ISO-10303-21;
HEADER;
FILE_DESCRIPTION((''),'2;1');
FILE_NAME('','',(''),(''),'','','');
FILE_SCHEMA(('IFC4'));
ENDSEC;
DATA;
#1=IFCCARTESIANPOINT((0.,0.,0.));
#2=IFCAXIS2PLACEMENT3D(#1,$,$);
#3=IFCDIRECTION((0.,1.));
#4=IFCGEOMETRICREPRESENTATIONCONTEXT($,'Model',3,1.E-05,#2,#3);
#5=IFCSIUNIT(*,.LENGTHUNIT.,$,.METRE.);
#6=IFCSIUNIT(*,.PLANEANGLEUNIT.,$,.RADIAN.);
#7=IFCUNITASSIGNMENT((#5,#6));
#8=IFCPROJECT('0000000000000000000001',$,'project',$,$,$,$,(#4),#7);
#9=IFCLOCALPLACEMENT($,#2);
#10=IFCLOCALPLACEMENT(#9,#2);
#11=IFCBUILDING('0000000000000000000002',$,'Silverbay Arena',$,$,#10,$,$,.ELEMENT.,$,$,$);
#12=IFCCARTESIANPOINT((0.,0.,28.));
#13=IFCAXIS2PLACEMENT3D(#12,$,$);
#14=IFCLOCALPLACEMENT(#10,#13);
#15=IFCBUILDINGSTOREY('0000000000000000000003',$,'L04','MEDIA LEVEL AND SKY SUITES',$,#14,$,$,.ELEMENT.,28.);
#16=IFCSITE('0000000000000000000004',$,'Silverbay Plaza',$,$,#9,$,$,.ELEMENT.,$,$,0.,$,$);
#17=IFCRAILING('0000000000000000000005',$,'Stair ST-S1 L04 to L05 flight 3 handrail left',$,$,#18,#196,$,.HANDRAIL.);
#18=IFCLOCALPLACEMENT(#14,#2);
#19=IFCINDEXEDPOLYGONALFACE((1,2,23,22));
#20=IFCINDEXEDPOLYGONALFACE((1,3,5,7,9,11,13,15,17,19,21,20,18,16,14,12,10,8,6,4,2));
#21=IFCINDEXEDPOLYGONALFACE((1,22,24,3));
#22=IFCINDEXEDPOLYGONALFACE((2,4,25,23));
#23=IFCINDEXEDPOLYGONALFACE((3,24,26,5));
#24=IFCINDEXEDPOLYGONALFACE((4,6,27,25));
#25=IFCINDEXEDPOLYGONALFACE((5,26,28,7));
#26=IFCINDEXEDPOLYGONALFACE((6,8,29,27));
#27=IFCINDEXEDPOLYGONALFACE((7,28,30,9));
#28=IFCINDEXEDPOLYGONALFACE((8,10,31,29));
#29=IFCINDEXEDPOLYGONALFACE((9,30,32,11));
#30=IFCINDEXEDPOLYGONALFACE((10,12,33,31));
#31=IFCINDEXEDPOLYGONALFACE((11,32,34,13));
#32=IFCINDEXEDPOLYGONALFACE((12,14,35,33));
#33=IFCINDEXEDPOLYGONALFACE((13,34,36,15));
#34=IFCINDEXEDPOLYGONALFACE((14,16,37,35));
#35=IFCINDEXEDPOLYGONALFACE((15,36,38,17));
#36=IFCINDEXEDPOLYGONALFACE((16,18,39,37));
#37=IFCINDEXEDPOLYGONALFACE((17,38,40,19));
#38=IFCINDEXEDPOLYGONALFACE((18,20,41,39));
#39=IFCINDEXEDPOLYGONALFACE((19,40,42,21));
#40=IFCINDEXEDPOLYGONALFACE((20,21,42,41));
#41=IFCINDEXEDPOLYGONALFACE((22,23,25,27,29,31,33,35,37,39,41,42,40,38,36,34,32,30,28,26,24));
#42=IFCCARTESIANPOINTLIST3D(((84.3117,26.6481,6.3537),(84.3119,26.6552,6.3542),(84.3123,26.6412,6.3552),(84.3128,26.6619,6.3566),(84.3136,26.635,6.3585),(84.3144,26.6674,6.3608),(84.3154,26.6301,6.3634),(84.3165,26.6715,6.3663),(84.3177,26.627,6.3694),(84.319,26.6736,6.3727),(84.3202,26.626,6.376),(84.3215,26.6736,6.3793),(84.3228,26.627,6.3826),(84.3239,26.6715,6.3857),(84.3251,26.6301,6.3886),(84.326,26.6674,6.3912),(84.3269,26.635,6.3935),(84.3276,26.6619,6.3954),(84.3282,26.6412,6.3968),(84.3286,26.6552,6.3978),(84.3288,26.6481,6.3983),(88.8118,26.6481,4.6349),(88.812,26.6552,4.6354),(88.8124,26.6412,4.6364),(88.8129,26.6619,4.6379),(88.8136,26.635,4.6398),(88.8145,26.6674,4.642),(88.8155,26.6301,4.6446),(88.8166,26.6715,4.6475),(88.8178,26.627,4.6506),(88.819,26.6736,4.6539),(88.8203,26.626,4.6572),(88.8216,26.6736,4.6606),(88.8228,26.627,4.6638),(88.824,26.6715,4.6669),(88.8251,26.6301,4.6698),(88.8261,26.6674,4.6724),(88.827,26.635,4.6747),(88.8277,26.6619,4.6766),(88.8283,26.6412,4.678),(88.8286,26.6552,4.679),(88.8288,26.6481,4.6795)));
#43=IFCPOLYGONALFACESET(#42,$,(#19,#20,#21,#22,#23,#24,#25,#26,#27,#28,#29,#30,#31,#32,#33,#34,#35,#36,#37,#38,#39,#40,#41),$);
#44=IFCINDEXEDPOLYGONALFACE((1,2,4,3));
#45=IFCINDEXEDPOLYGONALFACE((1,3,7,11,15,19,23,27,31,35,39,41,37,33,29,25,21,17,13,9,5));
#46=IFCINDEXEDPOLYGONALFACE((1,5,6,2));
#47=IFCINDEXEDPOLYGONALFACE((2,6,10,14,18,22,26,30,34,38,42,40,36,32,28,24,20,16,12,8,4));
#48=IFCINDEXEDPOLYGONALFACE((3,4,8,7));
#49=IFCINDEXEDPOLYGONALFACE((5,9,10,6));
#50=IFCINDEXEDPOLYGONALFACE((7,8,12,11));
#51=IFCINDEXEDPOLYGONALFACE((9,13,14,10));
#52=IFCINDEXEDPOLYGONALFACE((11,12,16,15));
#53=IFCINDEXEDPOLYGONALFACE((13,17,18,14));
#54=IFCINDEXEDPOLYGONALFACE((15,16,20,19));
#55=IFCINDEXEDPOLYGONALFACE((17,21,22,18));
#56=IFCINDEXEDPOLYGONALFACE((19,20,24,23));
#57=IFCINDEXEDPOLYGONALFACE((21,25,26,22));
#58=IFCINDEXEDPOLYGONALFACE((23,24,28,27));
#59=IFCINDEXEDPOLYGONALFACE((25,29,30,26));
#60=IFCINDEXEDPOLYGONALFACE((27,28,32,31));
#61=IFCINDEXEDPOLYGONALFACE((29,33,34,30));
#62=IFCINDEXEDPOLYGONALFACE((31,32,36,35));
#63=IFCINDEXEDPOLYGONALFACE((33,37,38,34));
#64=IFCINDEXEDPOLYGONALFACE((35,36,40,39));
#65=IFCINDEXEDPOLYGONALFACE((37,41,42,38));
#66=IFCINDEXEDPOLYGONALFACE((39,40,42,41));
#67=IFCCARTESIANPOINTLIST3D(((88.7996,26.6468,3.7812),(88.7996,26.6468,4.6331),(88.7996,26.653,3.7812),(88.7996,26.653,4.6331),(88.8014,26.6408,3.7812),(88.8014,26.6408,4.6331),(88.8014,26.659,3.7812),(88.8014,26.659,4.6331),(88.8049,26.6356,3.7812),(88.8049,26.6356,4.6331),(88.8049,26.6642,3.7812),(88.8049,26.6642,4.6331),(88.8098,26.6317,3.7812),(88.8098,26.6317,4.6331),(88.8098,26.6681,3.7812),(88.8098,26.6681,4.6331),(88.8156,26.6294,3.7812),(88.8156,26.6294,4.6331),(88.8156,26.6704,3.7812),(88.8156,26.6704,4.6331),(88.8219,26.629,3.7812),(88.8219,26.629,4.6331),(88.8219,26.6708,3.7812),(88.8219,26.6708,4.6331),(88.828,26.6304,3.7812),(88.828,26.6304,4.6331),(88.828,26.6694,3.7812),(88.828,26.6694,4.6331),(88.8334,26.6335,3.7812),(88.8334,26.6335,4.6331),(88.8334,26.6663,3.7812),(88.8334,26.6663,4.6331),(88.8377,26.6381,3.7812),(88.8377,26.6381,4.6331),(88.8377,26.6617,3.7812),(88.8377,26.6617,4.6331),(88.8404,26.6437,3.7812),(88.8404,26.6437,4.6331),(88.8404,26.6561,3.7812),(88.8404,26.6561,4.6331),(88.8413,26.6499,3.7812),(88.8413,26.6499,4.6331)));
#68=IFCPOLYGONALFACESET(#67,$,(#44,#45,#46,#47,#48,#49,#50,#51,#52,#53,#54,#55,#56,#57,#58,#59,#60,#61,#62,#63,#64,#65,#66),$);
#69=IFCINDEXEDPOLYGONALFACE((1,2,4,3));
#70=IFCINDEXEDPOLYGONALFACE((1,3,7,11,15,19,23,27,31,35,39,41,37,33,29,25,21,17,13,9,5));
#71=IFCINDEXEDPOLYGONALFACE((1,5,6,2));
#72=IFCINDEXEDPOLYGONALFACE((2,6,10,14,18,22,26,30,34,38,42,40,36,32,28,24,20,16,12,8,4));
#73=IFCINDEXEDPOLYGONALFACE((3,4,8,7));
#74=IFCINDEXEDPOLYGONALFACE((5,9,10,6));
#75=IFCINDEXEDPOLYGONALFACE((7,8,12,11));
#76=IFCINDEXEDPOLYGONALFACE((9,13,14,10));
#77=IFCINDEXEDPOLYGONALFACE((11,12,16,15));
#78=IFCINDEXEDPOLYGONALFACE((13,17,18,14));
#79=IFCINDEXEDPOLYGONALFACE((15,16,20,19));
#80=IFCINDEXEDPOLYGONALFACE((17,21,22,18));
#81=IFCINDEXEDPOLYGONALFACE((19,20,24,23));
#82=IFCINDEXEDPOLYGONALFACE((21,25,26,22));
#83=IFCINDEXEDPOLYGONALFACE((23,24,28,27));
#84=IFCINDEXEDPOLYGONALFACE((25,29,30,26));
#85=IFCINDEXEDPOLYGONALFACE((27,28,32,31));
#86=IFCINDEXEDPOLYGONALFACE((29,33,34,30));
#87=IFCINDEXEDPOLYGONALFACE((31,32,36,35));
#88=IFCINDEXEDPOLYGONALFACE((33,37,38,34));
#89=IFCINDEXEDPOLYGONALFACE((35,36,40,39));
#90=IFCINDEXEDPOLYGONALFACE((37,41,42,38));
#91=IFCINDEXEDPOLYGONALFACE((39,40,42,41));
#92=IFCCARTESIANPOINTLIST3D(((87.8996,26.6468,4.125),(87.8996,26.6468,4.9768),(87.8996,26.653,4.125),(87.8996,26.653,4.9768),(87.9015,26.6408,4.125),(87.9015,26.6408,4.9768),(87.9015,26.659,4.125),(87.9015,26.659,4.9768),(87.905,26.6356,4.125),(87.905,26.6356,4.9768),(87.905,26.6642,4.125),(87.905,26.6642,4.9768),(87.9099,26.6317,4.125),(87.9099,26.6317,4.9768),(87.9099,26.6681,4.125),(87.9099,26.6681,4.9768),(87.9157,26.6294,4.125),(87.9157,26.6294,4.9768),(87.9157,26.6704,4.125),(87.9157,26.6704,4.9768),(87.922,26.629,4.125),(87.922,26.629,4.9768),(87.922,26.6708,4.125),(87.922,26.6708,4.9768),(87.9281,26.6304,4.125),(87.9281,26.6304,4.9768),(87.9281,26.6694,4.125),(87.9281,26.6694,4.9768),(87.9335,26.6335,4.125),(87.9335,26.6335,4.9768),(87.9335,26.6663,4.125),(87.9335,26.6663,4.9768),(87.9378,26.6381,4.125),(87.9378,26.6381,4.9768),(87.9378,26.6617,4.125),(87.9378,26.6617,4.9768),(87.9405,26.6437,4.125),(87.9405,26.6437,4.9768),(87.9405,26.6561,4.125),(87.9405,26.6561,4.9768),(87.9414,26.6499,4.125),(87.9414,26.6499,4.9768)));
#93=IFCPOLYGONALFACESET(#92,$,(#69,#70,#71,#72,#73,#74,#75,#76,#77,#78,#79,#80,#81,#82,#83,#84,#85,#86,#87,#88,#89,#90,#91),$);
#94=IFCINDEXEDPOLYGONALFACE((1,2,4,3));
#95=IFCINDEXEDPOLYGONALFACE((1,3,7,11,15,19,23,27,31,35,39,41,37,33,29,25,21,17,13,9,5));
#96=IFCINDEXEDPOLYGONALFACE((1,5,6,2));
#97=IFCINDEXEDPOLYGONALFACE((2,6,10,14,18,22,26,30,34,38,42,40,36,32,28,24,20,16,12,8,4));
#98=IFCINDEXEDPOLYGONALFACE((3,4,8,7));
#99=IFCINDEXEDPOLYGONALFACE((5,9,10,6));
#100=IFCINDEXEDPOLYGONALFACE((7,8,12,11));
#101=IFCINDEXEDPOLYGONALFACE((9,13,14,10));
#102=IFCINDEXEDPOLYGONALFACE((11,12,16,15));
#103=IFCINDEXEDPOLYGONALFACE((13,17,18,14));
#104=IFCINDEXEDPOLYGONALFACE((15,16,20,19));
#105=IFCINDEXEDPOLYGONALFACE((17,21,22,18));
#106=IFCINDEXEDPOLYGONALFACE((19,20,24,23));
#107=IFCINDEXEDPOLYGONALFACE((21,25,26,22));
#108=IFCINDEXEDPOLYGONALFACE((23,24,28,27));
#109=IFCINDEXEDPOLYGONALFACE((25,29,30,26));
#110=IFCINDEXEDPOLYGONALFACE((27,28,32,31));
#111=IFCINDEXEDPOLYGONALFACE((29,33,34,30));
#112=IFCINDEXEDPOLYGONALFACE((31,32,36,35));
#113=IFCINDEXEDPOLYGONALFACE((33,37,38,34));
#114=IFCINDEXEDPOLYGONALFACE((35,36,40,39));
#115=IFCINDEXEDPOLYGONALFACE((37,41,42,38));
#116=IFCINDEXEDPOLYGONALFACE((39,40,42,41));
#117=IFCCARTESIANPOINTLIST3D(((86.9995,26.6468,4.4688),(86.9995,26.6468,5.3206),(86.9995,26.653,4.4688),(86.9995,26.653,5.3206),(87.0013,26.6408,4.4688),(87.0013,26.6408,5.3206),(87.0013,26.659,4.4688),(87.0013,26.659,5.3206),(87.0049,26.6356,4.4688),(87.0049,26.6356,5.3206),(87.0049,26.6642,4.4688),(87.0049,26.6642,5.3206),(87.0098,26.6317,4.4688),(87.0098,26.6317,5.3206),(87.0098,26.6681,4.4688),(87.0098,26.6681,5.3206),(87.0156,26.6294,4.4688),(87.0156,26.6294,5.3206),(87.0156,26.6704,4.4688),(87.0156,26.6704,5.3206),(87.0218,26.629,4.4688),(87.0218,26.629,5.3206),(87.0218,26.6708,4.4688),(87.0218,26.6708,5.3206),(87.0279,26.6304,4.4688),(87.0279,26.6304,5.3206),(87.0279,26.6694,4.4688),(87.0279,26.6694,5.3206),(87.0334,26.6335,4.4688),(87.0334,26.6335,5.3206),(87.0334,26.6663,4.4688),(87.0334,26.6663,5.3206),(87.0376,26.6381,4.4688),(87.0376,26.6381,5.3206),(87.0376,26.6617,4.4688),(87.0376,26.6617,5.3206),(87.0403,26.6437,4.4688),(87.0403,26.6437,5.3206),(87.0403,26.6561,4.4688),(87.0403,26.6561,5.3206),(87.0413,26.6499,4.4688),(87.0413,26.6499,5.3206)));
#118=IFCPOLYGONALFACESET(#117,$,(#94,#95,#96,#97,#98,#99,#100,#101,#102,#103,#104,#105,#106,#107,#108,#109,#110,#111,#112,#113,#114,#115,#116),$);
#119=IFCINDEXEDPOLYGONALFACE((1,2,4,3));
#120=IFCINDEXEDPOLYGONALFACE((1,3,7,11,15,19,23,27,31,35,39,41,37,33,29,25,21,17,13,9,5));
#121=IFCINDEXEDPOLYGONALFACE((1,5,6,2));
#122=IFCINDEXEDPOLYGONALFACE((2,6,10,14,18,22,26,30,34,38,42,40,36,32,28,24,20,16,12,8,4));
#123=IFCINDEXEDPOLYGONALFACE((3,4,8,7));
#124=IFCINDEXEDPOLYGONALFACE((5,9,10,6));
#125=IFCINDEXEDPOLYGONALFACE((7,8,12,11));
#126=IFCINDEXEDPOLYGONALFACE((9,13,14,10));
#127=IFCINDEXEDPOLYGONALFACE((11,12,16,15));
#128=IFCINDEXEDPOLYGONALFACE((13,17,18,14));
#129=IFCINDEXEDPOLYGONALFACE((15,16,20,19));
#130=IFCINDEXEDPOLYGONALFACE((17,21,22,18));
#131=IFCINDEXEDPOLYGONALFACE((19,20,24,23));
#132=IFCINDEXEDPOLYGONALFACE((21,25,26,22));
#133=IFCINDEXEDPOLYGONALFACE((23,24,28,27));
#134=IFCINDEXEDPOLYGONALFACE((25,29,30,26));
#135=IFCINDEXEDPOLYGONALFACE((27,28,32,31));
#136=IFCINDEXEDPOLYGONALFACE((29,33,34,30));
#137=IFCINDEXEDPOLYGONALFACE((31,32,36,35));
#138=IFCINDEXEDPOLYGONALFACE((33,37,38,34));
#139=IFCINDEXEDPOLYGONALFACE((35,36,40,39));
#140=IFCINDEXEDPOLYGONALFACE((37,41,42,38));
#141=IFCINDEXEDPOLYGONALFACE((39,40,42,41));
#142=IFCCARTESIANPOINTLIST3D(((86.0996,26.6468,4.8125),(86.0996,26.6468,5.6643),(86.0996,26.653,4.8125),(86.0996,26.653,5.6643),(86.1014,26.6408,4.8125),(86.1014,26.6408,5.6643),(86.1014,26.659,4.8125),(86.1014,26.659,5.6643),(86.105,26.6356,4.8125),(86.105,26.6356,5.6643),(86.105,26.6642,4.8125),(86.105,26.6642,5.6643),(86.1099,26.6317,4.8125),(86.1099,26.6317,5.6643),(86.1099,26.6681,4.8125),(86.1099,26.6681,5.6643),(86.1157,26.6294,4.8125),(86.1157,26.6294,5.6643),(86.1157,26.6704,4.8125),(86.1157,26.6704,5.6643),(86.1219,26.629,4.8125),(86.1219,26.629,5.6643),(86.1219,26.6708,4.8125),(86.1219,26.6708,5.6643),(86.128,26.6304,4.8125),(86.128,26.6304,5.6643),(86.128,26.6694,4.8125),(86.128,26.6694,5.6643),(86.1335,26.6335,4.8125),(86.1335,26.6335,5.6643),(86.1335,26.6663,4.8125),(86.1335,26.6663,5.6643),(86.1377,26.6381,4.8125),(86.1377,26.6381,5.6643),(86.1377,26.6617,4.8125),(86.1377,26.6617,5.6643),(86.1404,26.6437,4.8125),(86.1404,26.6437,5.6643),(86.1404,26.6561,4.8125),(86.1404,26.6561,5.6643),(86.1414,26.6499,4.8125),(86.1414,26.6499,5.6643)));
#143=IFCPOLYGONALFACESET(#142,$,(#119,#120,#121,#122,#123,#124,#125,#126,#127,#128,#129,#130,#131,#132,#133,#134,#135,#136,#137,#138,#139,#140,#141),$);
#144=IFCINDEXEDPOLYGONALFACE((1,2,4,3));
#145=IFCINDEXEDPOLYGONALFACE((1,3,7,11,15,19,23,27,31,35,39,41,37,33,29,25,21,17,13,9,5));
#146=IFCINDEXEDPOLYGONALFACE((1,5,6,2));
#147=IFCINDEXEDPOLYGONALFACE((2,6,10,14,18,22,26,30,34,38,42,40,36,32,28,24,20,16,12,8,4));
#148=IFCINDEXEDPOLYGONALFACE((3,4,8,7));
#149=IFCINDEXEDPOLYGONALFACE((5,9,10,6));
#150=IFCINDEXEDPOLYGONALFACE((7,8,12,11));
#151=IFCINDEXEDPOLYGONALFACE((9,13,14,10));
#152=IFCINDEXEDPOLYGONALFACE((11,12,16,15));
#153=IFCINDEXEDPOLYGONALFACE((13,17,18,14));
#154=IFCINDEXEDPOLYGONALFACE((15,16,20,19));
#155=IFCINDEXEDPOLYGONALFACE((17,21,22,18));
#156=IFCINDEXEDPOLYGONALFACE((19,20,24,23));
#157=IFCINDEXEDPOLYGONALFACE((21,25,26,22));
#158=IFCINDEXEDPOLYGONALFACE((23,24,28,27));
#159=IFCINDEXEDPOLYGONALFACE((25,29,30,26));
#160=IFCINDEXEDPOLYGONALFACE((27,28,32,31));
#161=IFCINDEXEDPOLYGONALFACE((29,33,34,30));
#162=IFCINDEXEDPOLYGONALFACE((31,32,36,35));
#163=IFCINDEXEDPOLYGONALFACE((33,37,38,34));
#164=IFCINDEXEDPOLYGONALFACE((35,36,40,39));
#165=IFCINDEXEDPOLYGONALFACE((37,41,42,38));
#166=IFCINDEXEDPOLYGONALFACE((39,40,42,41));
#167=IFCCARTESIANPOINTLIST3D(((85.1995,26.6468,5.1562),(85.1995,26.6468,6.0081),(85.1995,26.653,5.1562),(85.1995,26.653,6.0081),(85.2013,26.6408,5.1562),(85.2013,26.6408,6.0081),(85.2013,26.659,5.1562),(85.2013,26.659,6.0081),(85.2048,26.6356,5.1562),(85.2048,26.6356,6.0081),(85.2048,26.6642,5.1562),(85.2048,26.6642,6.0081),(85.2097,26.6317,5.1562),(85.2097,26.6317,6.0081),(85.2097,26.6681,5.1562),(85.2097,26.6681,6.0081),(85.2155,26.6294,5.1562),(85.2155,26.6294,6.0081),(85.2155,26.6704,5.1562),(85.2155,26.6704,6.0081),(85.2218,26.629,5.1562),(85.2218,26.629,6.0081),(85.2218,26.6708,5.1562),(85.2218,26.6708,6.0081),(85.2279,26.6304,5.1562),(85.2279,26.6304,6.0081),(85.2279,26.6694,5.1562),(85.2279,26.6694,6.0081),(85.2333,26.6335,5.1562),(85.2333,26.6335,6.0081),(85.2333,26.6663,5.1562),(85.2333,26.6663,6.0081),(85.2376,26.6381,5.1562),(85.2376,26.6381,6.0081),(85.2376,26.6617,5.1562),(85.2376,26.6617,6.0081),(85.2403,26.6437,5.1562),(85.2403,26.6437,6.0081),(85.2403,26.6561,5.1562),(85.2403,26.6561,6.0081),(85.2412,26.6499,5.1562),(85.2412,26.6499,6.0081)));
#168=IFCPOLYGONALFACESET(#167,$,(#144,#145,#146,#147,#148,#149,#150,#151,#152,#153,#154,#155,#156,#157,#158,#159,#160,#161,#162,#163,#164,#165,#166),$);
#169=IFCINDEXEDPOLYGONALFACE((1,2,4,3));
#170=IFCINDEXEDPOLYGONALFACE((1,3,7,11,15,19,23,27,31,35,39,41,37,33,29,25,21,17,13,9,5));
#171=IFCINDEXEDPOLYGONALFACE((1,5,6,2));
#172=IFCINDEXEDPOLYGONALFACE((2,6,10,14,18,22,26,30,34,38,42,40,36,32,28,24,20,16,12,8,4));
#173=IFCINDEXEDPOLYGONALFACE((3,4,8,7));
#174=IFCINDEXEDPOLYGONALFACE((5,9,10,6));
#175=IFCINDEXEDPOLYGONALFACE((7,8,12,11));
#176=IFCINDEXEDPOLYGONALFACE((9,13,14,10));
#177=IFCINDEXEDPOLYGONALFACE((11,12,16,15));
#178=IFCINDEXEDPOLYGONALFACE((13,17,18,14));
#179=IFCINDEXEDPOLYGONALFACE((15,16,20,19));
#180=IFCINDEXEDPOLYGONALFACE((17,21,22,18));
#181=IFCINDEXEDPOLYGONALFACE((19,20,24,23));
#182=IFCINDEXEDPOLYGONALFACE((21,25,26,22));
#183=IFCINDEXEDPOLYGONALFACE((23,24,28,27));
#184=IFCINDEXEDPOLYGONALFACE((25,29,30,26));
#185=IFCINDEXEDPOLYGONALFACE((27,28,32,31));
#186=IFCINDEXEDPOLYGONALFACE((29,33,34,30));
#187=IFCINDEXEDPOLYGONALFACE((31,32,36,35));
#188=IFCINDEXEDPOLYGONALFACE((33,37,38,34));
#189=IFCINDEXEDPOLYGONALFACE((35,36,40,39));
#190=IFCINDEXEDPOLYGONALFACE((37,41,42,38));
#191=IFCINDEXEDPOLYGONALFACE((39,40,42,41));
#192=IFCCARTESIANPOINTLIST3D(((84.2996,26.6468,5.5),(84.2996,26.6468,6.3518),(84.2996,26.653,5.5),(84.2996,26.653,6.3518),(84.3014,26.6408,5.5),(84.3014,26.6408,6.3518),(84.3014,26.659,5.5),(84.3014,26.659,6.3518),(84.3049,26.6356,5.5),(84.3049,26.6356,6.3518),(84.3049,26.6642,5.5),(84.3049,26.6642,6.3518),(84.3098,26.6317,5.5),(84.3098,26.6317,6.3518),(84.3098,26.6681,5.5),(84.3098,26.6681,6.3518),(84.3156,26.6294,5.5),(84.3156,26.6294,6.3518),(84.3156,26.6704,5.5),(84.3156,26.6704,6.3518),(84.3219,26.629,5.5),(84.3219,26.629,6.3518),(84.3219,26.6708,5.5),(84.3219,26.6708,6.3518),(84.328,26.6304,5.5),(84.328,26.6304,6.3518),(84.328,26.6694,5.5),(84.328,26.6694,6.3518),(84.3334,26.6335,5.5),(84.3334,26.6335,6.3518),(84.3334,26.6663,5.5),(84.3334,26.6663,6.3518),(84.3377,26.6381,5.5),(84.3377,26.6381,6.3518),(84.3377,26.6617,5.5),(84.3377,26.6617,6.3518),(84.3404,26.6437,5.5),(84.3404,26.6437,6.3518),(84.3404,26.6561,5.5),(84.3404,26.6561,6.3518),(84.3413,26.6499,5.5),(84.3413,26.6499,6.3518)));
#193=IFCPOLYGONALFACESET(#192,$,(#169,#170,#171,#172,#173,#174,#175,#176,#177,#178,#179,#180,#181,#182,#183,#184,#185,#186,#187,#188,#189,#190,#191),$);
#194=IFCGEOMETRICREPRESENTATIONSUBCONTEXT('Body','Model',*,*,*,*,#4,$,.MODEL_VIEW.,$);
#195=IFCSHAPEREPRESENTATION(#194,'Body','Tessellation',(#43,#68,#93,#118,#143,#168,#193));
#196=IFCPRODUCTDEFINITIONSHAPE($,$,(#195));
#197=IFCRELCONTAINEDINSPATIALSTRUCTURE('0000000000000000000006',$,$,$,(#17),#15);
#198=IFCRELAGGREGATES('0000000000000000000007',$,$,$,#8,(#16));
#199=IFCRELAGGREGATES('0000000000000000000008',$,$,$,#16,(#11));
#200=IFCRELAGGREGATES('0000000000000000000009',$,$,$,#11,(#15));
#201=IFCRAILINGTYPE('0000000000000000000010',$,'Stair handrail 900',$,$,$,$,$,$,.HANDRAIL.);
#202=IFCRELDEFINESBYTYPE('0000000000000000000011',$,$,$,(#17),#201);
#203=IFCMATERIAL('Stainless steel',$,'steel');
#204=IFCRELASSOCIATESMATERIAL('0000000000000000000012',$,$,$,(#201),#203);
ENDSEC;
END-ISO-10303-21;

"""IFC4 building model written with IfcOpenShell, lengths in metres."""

from ifc_helpers import new_model, si_unit, direction, frame, origin, origin_2d, place, context, subcontext, project, spatial, circle, extrude, material, type_object, element, save


model = new_model("IFC4")

# Units and contexts
model_context = context("Model", 3, precision=1e-05, world=origin(), true_north=direction((0.0, 1.0)))
body_context = subcontext(model_context, "Body", "Model", "MODEL_VIEW")
ifc_project = project(units=[si_unit("LENGTHUNIT", "METRE"), si_unit("PLANEANGLEUNIT", "RADIAN")], contexts=[model_context])

# Site, building, storey
site_placement = place(None, origin())
site = spatial("IfcSite", under=ifc_project, at=site_placement, Name="Silverbay Plaza", CompositionType="ELEMENT", RefElevation=0.0)
building_placement = place(site_placement, origin())
building = spatial("IfcBuilding", under=site, at=building_placement, Name="Silverbay Arena", CompositionType="ELEMENT")
storey_placement = place(building_placement, frame((0.0, 0.0, 28.0)))
storey = spatial("IfcBuildingStorey", under=building, at=storey_placement, Name="L04", Description="MEDIA LEVEL AND SKY SUITES", CompositionType="ELEMENT", Elevation=28.0)

# Railing
ifc_material_1 = material(Name="Stainless steel", Category="steel")
railing_type_1 = type_object("IfcRailingType", Name="Stair handrail 900", PredefinedType="HANDRAIL", material=ifc_material_1)
for number, where, name in (
    (1, (88.8203, 26.6499, 3.7812), "Stair ST-S1 L04 to L05 flight 3 handrail left"),
):
    element("IfcRailing", number, at=place(storey_placement, frame(where)), inside=storey, type_object=railing_type_1, Name=name, PredefinedType="HANDRAIL", context=body_context, shape_type="SweptSolid", body=[
        extrude(circle(Radius=0.0239, at=origin_2d()), frame((0.0, 0.0, 0.876), z_axis=(-0.934179, 0.0, 0.356805), x_axis=(0.0, -1.0, 0.0)), (0.0, 0.0, 1.0), 4.8171),
        extrude(circle(Radius=0.021, at=origin_2d()), origin(), (0.0, 0.0, 1.0), 0.8518),
        extrude(circle(Radius=0.021, at=origin_2d()), frame((-0.8999, 0.0, 0.3438)), (0.0, 0.0, 1.0), 0.8518),
        extrude(circle(Radius=0.021, at=origin_2d()), frame((-1.8, 0.0, 0.6875)), (0.0, 0.0, 1.0), 0.8518),
        extrude(circle(Radius=0.021, at=origin_2d()), frame((-2.7, 0.0, 1.0312)), (0.0, 0.0, 1.0), 0.8518),
        extrude(circle(Radius=0.021, at=origin_2d()), frame((-3.6001, 0.0, 1.375)), (0.0, 0.0, 1.0), 0.8518),
        extrude(circle(Radius=0.021, at=origin_2d()), frame((-4.5, 0.0, 1.7188)), (0.0, 0.0, 1.0), 0.8518),
    ])

save(model, "model.ifc")
